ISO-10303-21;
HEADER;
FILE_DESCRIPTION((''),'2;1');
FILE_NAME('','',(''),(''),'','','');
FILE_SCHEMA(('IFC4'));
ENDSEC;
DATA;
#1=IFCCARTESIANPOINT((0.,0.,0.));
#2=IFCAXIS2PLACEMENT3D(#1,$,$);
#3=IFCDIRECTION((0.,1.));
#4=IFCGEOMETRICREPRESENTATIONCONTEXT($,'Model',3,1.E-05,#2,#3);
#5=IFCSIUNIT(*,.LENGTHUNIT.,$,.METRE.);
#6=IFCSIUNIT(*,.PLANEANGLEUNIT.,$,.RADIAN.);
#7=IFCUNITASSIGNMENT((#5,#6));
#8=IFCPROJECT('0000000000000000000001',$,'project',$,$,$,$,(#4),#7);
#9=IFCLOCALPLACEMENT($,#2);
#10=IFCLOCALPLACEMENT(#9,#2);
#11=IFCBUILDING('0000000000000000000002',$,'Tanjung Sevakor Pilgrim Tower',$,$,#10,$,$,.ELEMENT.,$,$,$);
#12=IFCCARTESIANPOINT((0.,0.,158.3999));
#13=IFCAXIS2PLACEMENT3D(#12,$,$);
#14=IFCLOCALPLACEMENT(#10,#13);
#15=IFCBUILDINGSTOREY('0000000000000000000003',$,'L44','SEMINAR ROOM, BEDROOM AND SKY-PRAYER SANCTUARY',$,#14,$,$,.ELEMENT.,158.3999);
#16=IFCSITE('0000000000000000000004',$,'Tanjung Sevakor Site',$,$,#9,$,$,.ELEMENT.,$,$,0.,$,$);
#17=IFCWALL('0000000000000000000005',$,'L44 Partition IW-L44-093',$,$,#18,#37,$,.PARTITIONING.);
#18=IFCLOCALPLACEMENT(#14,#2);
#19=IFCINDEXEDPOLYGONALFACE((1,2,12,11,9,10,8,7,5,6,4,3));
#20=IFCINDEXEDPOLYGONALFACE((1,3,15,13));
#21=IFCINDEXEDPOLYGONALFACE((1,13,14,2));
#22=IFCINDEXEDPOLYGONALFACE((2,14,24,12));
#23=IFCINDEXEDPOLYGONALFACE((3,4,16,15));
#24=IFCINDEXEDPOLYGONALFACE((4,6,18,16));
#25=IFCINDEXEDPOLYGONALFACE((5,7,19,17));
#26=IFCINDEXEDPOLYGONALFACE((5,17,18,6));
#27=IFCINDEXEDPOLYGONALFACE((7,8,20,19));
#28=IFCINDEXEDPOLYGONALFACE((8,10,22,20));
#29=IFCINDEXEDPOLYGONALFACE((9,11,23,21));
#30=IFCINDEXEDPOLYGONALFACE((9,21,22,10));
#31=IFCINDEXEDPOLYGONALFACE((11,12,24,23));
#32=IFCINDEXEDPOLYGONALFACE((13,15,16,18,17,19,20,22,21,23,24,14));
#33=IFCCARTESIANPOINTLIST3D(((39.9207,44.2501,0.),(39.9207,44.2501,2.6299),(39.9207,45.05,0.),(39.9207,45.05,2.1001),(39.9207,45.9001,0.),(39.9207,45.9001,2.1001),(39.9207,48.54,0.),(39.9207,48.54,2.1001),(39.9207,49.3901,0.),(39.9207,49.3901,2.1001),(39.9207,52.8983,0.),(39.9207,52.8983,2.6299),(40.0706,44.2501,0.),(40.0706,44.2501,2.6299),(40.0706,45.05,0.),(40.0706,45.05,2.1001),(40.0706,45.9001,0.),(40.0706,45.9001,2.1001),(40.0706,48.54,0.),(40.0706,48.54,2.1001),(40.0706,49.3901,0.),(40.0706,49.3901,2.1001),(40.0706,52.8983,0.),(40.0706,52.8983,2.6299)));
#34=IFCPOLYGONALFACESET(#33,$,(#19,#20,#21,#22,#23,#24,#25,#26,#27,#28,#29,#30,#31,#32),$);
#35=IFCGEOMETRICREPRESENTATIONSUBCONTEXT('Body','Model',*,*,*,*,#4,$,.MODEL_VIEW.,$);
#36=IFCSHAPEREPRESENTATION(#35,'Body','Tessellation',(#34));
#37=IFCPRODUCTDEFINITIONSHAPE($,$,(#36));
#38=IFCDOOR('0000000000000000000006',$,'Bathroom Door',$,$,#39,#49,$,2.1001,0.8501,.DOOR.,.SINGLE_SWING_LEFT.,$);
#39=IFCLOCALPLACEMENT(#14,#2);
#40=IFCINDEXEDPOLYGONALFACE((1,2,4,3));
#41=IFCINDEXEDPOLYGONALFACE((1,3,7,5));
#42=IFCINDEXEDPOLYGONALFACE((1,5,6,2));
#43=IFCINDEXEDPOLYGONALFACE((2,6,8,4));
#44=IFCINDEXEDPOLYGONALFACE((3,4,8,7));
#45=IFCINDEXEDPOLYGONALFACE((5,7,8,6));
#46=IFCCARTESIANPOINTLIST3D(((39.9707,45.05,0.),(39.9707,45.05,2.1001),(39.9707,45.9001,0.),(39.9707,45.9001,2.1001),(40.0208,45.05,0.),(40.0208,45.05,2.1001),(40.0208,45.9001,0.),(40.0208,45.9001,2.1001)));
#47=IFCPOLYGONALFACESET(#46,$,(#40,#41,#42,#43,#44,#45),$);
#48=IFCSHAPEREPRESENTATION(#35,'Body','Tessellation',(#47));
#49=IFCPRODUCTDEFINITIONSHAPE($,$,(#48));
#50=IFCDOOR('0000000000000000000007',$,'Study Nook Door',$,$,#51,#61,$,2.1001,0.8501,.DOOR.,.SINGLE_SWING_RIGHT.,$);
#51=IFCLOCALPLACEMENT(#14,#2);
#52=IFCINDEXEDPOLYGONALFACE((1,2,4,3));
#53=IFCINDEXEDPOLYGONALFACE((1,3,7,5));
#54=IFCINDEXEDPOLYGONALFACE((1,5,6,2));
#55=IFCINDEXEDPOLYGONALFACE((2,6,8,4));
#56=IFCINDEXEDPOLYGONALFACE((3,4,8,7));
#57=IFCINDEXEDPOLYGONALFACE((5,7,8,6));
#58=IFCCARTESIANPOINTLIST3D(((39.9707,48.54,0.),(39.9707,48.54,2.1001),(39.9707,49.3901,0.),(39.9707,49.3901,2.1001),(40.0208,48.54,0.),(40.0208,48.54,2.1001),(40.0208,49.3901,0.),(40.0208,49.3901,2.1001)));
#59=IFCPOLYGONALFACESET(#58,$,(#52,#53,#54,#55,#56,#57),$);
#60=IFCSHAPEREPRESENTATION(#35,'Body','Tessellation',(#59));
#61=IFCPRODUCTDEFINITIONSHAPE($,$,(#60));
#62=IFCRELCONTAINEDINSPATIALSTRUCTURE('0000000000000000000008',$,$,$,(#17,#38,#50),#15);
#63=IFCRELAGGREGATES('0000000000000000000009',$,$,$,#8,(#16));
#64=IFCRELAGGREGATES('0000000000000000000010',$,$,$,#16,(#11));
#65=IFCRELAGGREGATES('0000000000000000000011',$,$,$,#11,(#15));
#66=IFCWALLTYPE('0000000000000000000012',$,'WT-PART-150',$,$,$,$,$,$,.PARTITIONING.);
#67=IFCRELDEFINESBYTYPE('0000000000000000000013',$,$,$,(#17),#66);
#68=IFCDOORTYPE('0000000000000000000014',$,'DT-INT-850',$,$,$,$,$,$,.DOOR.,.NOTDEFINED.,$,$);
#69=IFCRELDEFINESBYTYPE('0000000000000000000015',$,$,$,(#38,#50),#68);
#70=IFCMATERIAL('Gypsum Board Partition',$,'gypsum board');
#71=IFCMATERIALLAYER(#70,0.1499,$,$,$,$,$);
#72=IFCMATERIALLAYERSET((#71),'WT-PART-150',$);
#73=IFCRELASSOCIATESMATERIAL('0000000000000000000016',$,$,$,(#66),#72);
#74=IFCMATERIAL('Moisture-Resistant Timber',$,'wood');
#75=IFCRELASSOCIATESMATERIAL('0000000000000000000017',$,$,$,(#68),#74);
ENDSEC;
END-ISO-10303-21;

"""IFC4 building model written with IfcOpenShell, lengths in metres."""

from ifc_helpers import new_model, si_unit, direction, frame, frame_2d, origin, place, context, subcontext, project, spatial, rectangle, extrude, material, layer, layer_set, type_object, element, fill, save


model = new_model("IFC4")

# Units and contexts
model_context = context("Model", 3, precision=1e-05, world=origin(), true_north=direction((0.0, 1.0)))
body_context = subcontext(model_context, "Body", "Model", "MODEL_VIEW")
ifc_project = project(units=[si_unit("LENGTHUNIT", "METRE"), si_unit("PLANEANGLEUNIT", "RADIAN")], contexts=[model_context])

# Site, building, storey
site_placement = place(None, origin())
site = spatial("IfcSite", under=ifc_project, at=site_placement, Name="Tanjung Sevakor Site", CompositionType="ELEMENT", RefElevation=0.0)
building_placement = place(site_placement, origin())
building = spatial("IfcBuilding", under=site, at=building_placement, Name="Tanjung Sevakor Pilgrim Tower", CompositionType="ELEMENT")
storey_placement = place(building_placement, frame((0.0, 0.0, 158.3999)))
storey = spatial("IfcBuildingStorey", under=building, at=storey_placement, Name="L44", Description="SEMINAR ROOM, BEDROOM AND SKY-PRAYER SANCTUARY", CompositionType="ELEMENT", Elevation=158.3999)

# Wall, openings, doors
ifc_material_1 = material(Name="Gypsum Board Partition", Category="gypsum board")
ifc_layer_1 = layer(ifc_material_1, 0.1499)
ifc_layer_set_1 = layer_set([ifc_layer_1], Name="WT-PART-150")
wall_type_1 = type_object("IfcWallType", Name="WT-PART-150", PredefinedType="PARTITIONING", material=ifc_layer_set_1)
wall_1_placement = place(storey_placement, frame((39.9956, 44.25, 0.0), z_axis=(0.0, 0.0, 1.0), x_axis=(0.0, 1.0, 0.0)))
wall_1 = element("IfcWall", 1, at=wall_1_placement, inside=storey, type_object=wall_type_1, Name="L44 Partition IW-L44-093", PredefinedType="PARTITIONING", context=body_context, shape_type="SweptSolid", body=[
    extrude(rectangle(XDim=8.6482, YDim=0.1499, at=frame_2d((4.3242, 0.0))), origin(), (0.0, 0.0, 1.0), 2.6299),
])
opening_1_placement = place(wall_1_placement, frame((0.8, 0.0, 0.0)))
opening_1 = element("IfcOpeningElement", 2, at=opening_1_placement, cuts=wall_1, PredefinedType="OPENING", context=body_context, shape_type="SweptSolid", body=[
    extrude(rectangle(XDim=0.8501, YDim=2.1001, at=frame_2d((0.425, 1.05))), frame((0.0, 0.085, 0.0), z_axis=(0.0, -1.0, 0.0), x_axis=(1.0, 0.0, 0.0)), (0.0, 0.0, 1.0), 0.1699),
])
opening_2_placement = place(wall_1_placement, frame((4.29, 0.0, 0.0)))
opening_2 = element("IfcOpeningElement", 3, at=opening_2_placement, cuts=wall_1, PredefinedType="OPENING", context=body_context, shape_type="SweptSolid", body=[
    extrude(rectangle(XDim=0.8501, YDim=2.1001, at=frame_2d((0.425, 1.05))), frame((0.0, 0.085, 0.0), z_axis=(0.0, -1.0, 0.0), x_axis=(1.0, 0.0, 0.0)), (0.0, 0.0, 1.0), 0.1699),
])
ifc_material_2 = material(Name="Moisture-Resistant Timber", Category="wood")
door_type_1 = type_object("IfcDoorType", Name="DT-INT-850", OperationType="NOTDEFINED", PredefinedType="DOOR", material=ifc_material_2)
door_1_placement = place(opening_1_placement, origin())
door_1 = element("IfcDoor", 4, at=door_1_placement, inside=storey, type_object=door_type_1, Name="Bathroom Door", OperationType="SINGLE_SWING_LEFT", OverallHeight=2.1001, OverallWidth=0.8501, PredefinedType="DOOR", context=body_context, shape_type="SweptSolid", body=[
    extrude(rectangle(XDim=0.8501, YDim=2.1001, at=frame_2d((0.425, 1.05))), frame((0.0, 0.0249, 0.0), z_axis=(0.0, -1.0, 0.0), x_axis=(1.0, 0.0, 0.0)), (0.0, 0.0, 1.0), 0.05),
])
fill(opening_1, door_1)
door_2_placement = place(opening_2_placement, origin())
door_2 = element("IfcDoor", 5, at=door_2_placement, inside=storey, type_object=door_type_1, Name="Study Nook Door", OperationType="SINGLE_SWING_RIGHT", OverallHeight=2.1001, OverallWidth=0.8501, PredefinedType="DOOR", context=body_context, shape_type="SweptSolid", body=[
    extrude(rectangle(XDim=0.8501, YDim=2.1001, at=frame_2d((0.425, 1.05))), frame((0.0, 0.0249, 0.0), z_axis=(0.0, -1.0, 0.0), x_axis=(1.0, 0.0, 0.0)), (0.0, 0.0, 1.0), 0.05),
])
fill(opening_2, door_2)

save(model, "model.ifc")
